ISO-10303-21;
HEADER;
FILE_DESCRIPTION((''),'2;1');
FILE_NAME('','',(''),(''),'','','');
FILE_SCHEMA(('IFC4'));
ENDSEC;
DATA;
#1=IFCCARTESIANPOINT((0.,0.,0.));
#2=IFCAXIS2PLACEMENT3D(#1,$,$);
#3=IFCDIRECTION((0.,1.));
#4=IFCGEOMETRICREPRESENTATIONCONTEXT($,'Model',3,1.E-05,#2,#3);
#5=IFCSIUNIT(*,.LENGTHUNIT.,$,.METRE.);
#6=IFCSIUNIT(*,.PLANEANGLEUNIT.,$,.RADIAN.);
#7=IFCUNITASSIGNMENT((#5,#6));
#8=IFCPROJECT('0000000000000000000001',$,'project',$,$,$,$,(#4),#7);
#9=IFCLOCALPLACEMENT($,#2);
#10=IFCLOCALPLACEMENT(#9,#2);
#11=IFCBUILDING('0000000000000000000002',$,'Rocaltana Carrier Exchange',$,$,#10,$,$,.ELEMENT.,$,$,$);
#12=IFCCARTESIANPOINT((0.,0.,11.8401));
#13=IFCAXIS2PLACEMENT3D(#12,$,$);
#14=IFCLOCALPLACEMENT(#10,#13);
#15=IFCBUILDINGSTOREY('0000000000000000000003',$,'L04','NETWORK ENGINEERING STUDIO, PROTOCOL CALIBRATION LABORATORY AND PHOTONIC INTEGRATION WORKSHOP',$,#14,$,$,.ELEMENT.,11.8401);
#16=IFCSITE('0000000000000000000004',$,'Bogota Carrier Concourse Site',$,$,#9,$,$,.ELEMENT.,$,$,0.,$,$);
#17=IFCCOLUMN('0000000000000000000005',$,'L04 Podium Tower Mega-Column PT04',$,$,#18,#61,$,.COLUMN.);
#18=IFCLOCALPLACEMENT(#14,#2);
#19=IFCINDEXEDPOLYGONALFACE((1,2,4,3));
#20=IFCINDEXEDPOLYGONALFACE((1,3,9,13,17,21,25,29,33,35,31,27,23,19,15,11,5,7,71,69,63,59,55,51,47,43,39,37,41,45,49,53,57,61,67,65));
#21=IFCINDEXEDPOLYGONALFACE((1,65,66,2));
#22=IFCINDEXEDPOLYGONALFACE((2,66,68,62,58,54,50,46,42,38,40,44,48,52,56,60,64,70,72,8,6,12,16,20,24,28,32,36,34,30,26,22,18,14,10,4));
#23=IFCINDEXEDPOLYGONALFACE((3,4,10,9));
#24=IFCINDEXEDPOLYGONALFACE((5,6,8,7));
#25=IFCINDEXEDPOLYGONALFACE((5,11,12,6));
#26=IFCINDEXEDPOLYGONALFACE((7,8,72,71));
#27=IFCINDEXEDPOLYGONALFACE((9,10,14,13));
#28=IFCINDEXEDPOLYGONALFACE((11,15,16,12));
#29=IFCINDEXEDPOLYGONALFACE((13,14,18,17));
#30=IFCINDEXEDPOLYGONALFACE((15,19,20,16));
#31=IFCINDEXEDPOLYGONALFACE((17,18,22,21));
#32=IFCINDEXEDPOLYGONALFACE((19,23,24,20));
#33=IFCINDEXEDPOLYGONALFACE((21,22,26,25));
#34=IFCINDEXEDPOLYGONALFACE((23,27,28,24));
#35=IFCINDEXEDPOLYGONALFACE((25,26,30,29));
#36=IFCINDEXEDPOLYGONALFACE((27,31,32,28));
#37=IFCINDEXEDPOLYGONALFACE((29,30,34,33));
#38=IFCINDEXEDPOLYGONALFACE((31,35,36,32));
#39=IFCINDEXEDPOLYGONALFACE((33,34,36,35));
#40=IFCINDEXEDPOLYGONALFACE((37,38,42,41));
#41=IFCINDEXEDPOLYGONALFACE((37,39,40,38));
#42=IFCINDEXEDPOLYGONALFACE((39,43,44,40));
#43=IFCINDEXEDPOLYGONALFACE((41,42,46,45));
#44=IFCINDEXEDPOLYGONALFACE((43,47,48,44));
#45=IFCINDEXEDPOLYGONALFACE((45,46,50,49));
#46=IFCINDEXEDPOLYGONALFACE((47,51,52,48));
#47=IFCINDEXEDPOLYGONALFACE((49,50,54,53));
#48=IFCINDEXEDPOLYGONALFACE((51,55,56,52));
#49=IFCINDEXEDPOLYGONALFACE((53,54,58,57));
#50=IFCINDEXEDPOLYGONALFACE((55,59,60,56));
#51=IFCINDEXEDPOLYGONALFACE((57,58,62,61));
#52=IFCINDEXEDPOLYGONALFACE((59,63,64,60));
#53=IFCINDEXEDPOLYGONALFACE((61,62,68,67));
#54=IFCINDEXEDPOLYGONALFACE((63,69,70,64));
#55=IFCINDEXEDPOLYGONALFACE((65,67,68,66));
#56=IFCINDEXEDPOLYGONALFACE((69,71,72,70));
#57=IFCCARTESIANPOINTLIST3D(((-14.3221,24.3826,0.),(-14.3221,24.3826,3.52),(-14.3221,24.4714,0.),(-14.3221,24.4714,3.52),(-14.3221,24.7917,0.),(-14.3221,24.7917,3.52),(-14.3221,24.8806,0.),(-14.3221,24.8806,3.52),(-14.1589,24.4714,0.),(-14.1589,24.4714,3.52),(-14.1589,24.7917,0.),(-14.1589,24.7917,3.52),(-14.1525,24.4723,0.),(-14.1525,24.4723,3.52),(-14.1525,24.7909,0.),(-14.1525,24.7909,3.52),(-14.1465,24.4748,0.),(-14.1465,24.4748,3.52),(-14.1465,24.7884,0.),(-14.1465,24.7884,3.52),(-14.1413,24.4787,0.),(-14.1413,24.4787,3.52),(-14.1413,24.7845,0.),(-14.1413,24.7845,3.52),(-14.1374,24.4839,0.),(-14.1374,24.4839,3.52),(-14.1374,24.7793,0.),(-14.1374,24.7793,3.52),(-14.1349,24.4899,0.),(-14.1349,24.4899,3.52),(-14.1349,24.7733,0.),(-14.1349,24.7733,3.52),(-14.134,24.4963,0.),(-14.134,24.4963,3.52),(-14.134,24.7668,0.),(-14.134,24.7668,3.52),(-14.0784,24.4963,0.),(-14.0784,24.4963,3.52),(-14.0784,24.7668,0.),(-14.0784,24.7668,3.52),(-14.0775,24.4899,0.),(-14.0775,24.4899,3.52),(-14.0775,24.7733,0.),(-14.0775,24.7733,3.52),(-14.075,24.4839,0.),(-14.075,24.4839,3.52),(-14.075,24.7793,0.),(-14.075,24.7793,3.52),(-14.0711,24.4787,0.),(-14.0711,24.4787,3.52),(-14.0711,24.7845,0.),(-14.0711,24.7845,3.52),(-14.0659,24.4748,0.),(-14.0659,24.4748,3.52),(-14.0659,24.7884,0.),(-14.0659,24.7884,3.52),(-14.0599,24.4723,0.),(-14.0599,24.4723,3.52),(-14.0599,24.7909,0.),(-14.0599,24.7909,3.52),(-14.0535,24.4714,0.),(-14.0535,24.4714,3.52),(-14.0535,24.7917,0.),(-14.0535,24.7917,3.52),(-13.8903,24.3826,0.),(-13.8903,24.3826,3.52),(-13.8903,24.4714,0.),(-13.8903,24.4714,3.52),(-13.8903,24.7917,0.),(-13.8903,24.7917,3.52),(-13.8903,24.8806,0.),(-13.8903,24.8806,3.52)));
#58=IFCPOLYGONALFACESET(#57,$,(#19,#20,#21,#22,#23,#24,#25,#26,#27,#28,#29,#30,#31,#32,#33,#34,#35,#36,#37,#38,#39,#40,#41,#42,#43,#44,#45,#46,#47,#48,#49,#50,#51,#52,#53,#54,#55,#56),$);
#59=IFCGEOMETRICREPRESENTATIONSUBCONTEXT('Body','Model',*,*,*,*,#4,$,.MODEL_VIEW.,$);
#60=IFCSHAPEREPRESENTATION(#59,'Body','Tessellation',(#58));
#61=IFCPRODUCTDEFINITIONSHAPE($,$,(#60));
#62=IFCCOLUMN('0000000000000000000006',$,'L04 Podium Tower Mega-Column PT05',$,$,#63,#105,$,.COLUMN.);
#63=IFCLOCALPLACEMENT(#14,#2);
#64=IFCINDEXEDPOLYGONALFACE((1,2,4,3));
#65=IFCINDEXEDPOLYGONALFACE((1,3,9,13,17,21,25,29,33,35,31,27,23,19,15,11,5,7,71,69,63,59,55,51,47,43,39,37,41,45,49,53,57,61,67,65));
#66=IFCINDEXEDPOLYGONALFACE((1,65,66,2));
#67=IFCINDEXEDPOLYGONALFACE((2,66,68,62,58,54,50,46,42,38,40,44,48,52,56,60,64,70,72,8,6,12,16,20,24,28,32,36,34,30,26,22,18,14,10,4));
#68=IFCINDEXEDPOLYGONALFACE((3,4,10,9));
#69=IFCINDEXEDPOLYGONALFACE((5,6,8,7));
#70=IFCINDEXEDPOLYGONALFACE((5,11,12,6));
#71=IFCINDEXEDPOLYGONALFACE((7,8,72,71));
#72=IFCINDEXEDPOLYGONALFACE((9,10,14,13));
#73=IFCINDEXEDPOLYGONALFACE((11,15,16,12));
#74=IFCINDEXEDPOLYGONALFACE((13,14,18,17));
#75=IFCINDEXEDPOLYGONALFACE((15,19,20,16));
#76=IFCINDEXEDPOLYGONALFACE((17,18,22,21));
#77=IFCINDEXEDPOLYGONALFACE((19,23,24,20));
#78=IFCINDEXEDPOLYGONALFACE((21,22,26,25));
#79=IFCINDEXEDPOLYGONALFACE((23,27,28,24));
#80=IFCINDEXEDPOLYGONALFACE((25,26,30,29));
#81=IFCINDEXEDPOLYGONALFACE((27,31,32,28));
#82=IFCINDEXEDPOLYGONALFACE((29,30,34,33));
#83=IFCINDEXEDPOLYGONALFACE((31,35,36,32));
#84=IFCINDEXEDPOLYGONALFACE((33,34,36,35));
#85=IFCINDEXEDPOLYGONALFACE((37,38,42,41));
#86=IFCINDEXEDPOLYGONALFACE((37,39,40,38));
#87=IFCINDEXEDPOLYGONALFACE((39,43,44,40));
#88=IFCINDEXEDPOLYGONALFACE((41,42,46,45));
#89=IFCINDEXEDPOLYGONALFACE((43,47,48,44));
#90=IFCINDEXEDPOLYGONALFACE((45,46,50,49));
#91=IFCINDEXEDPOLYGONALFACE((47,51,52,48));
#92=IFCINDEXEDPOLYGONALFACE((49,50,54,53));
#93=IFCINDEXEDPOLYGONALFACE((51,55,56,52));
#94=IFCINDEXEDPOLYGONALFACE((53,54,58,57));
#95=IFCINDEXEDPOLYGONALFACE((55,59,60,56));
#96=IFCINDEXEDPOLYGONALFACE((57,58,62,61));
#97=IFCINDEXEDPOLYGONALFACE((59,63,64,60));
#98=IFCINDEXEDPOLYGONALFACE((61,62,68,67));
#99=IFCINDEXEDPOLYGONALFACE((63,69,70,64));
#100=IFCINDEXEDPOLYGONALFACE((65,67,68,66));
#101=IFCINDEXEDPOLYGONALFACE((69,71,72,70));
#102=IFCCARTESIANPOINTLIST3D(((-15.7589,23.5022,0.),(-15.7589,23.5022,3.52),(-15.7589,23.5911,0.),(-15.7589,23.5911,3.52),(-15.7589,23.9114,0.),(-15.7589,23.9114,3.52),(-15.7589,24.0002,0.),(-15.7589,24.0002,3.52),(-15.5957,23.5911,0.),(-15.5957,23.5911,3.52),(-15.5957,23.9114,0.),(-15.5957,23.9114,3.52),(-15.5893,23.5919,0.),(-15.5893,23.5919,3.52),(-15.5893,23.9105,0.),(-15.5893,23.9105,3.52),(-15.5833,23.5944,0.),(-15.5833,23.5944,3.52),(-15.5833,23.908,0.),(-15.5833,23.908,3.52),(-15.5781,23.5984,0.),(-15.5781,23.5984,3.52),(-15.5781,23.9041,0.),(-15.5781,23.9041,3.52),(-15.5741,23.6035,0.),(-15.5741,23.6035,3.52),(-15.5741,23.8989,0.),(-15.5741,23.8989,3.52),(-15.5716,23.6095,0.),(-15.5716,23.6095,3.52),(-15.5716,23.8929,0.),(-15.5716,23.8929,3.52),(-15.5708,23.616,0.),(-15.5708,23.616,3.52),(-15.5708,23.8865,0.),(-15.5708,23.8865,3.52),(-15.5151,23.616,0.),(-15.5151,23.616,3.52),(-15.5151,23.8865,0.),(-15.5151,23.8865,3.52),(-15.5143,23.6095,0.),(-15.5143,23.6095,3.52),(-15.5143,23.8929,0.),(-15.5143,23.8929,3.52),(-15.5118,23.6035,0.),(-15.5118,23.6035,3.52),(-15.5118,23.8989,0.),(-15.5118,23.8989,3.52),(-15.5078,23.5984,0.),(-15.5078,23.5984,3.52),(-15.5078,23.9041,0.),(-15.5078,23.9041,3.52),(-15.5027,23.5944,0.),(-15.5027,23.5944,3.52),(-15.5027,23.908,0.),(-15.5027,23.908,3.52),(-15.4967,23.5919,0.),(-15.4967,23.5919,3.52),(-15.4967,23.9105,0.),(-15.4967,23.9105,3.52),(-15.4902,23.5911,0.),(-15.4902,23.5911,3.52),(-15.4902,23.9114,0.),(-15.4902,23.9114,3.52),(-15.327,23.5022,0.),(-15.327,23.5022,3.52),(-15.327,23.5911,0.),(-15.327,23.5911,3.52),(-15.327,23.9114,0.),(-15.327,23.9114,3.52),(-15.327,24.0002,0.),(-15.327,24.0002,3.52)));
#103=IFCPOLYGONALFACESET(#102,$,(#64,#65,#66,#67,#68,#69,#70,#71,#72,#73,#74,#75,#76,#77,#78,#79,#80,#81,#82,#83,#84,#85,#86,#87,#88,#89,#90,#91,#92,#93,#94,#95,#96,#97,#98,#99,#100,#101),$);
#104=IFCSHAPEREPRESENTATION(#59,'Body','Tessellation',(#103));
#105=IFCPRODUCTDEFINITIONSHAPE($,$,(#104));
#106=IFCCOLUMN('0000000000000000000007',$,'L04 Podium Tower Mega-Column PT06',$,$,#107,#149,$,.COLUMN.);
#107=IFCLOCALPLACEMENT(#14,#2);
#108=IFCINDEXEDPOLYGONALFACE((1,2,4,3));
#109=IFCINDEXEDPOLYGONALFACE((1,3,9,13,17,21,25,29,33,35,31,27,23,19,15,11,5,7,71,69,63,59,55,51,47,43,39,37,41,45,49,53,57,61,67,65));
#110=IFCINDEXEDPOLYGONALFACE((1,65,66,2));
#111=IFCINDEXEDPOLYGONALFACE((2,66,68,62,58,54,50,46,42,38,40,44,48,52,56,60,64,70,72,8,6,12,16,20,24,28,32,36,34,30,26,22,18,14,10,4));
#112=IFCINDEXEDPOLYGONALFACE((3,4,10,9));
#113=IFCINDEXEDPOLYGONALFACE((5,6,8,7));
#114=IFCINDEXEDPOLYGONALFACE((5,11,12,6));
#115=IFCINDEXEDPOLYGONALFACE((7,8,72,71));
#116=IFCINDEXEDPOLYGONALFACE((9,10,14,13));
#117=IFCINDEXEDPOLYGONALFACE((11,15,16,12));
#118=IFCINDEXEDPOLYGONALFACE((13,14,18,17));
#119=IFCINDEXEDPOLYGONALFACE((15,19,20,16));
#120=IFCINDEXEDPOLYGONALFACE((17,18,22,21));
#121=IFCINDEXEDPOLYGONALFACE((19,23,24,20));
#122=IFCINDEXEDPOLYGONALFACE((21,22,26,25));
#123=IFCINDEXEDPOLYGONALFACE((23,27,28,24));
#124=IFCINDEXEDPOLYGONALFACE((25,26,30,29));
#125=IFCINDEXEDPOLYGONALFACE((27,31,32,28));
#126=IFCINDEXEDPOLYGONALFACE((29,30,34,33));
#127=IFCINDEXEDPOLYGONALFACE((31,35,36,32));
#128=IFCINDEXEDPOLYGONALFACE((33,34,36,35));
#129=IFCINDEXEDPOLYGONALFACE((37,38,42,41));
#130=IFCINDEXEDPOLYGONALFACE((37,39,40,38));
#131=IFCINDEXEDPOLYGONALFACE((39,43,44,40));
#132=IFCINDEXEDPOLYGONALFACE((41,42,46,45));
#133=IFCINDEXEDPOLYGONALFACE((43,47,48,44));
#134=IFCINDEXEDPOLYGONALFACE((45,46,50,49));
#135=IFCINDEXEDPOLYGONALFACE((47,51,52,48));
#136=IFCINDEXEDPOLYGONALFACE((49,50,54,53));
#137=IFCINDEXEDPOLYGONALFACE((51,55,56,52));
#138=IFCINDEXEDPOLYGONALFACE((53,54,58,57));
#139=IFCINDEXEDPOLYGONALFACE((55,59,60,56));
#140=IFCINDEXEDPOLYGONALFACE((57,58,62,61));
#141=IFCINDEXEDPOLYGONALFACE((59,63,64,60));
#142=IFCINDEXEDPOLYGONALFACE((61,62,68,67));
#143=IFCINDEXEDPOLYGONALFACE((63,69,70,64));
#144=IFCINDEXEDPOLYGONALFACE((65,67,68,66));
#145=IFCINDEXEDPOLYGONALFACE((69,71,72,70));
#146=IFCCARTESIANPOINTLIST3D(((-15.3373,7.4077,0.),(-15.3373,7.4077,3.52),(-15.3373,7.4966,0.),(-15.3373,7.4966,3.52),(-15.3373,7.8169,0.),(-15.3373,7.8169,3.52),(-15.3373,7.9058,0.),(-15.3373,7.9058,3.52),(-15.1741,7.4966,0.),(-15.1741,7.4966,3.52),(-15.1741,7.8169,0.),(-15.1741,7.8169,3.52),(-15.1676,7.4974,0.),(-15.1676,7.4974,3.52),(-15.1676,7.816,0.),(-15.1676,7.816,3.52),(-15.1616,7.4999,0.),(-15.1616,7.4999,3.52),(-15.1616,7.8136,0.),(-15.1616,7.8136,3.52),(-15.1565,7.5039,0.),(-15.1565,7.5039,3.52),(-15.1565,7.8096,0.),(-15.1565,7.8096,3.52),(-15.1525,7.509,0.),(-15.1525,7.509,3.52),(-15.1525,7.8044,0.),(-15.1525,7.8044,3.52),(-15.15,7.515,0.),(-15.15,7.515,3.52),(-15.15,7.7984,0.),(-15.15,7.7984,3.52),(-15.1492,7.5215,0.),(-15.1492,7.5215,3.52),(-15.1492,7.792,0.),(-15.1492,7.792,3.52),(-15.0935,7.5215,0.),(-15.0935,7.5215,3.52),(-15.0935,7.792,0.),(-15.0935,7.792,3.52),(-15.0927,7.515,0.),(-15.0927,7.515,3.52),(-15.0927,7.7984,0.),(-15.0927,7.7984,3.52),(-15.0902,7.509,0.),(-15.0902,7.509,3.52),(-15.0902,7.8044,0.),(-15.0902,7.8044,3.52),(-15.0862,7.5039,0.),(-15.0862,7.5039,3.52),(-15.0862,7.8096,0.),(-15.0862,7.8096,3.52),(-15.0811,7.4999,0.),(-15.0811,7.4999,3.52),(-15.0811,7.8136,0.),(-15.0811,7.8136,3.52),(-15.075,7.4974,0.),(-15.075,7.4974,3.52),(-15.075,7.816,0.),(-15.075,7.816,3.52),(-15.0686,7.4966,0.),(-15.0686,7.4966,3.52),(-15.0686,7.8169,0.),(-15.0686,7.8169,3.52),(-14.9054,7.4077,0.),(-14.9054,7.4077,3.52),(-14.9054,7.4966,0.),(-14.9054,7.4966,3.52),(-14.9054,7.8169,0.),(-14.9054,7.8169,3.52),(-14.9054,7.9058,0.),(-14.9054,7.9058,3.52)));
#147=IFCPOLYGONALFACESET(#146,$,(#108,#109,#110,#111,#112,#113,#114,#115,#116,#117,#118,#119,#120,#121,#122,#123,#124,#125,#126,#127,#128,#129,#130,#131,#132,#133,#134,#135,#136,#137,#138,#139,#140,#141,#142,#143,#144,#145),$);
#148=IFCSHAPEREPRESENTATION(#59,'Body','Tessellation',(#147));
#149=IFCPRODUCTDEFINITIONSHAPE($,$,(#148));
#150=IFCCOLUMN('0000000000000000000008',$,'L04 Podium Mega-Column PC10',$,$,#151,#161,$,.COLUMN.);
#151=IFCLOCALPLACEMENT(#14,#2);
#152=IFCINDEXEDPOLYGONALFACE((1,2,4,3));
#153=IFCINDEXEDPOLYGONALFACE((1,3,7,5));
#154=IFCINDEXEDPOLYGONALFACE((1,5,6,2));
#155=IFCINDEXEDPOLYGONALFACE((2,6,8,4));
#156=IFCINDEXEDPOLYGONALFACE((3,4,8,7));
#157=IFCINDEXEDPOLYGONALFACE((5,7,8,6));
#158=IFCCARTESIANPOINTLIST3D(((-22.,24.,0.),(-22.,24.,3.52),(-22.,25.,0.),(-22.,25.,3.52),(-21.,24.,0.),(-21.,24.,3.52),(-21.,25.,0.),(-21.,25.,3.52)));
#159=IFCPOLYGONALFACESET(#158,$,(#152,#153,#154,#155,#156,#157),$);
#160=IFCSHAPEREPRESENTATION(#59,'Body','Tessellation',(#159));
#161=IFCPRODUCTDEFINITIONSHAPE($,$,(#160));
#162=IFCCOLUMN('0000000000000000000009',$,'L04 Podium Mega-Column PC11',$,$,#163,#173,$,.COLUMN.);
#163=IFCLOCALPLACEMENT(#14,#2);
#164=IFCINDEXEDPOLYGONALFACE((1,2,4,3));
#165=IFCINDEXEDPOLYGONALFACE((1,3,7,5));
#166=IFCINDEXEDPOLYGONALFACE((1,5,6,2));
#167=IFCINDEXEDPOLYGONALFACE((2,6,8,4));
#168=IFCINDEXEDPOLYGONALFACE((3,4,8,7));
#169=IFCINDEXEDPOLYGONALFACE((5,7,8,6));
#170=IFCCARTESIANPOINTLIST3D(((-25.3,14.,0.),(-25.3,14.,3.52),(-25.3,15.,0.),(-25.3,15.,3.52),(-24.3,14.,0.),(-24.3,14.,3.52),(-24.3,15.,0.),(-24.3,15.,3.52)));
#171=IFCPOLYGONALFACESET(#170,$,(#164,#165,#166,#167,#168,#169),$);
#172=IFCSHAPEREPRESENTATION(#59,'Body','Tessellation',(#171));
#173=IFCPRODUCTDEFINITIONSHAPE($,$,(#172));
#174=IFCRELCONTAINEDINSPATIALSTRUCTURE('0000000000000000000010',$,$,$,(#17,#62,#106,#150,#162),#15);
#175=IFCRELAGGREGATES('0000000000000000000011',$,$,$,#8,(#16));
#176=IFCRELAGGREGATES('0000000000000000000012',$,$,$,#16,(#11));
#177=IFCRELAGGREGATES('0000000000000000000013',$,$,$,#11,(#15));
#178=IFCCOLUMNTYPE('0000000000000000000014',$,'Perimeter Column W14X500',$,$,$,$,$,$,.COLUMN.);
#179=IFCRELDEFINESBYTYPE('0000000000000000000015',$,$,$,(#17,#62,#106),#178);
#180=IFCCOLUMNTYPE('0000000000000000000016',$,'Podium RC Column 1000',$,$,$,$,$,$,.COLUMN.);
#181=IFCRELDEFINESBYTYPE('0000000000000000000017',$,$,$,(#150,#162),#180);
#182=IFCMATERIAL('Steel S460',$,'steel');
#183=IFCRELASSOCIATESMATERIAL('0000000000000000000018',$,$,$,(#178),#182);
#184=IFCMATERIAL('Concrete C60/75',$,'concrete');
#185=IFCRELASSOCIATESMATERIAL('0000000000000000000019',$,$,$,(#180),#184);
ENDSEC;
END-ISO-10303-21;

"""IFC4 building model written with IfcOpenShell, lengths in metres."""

from ifc_helpers import new_model, si_unit, direction, frame, origin, origin_2d, place, context, subcontext, project, spatial, rectangle, i_section, extrude, material, material_profile, profile_set, type_object, element, save


model = new_model("IFC4")

# Units and contexts
model_context = context("Model", 3, precision=1e-05, world=origin(), true_north=direction((0.0, 1.0)))
body_context = subcontext(model_context, "Body", "Model", "MODEL_VIEW")
ifc_project = project(units=[si_unit("LENGTHUNIT", "METRE"), si_unit("PLANEANGLEUNIT", "RADIAN")], contexts=[model_context])

# Site, building, storey
site_placement = place(None, origin())
site = spatial("IfcSite", under=ifc_project, at=site_placement, Name="Bogota Carrier Concourse Site", CompositionType="ELEMENT", RefElevation=0.0)
building_placement = place(site_placement, origin())
building = spatial("IfcBuilding", under=site, at=building_placement, Name="Rocaltana Carrier Exchange", CompositionType="ELEMENT")
storey_placement = place(building_placement, frame((0.0, 0.0, 11.8401)))
storey = spatial("IfcBuildingStorey", under=building, at=storey_placement, Name="L04", Description="NETWORK ENGINEERING STUDIO, PROTOCOL CALIBRATION LABORATORY AND PHOTONIC INTEGRATION WORKSHOP", CompositionType="ELEMENT", Elevation=11.8401)

# Columns
ifc_material_1 = material(Name="Steel S460", Category="steel")
ifc_material_profile_1 = material_profile(ifc_material_1, i_section(OverallWidth=0.4319, OverallDepth=0.498, WebThickness=0.0557, FlangeThickness=0.0889, FilletRadius=0.0249, at=origin_2d()), Name="W14X500")
ifc_profile_set_1 = profile_set([ifc_material_profile_1], Name="Steel S460")
column_type_1 = type_object("IfcColumnType", Name="Perimeter Column W14X500", PredefinedType="COLUMN", material=ifc_profile_set_1)
for number, where, z_axis, x_axis, name in (
    (1, (-14.1062, 24.6316, 0.0), (0.0, 0.0, 1.0), (1.0, 0.0, 0.0), "L04 Podium Tower Mega-Column PT04"),
    (2, (-15.543, 23.7512, 0.0), (0.0, 0.0, 1.0), (1.0, 0.0, 0.0), "L04 Podium Tower Mega-Column PT05"),
    (3, (-15.1213, 7.6567, 0.0), (0.0, 0.0, 1.0), (1.0, 0.0, 0.0), "L04 Podium Tower Mega-Column PT06"),
):
    element("IfcColumn", number, at=place(storey_placement, frame(where, z_axis=z_axis, x_axis=x_axis)), inside=storey, type_object=column_type_1, Name=name, PredefinedType="COLUMN", context=body_context, shape_type="SweptSolid", body=[
        extrude(i_section(OverallWidth=0.4319, OverallDepth=0.498, WebThickness=0.0557, FlangeThickness=0.0889, FilletRadius=0.0249, at=origin_2d()), origin(), (0.0, 0.0, 1.0), 3.52),
    ])
ifc_material_2 = material(Name="Concrete C60/75", Category="concrete")
ifc_material_profile_2 = material_profile(ifc_material_2, rectangle(XDim=1.0, YDim=1.0, at=origin_2d()), Name="RC-COL-1000X1000")
ifc_profile_set_2 = profile_set([ifc_material_profile_2], Name="Concrete C60/75")
column_type_2 = type_object("IfcColumnType", Name="Podium RC Column 1000", PredefinedType="COLUMN", material=ifc_profile_set_2)
for number, where, z_axis, x_axis, name in (
    (4, (-21.5, 24.5, 0.0), (0.0, 0.0, 1.0), (1.0, 0.0, 0.0), "L04 Podium Mega-Column PC10"),
    (5, (-24.8, 14.5, 0.0), (0.0, 0.0, 1.0), (1.0, 0.0, 0.0), "L04 Podium Mega-Column PC11"),
):
    element("IfcColumn", number, at=place(storey_placement, frame(where, z_axis=z_axis, x_axis=x_axis)), inside=storey, type_object=column_type_2, Name=name, PredefinedType="COLUMN", context=body_context, shape_type="SweptSolid", body=[
        extrude(rectangle(XDim=1.0, YDim=1.0, at=origin_2d()), origin(), (0.0, 0.0, 1.0), 3.52),
    ])

save(model, "model.ifc")
